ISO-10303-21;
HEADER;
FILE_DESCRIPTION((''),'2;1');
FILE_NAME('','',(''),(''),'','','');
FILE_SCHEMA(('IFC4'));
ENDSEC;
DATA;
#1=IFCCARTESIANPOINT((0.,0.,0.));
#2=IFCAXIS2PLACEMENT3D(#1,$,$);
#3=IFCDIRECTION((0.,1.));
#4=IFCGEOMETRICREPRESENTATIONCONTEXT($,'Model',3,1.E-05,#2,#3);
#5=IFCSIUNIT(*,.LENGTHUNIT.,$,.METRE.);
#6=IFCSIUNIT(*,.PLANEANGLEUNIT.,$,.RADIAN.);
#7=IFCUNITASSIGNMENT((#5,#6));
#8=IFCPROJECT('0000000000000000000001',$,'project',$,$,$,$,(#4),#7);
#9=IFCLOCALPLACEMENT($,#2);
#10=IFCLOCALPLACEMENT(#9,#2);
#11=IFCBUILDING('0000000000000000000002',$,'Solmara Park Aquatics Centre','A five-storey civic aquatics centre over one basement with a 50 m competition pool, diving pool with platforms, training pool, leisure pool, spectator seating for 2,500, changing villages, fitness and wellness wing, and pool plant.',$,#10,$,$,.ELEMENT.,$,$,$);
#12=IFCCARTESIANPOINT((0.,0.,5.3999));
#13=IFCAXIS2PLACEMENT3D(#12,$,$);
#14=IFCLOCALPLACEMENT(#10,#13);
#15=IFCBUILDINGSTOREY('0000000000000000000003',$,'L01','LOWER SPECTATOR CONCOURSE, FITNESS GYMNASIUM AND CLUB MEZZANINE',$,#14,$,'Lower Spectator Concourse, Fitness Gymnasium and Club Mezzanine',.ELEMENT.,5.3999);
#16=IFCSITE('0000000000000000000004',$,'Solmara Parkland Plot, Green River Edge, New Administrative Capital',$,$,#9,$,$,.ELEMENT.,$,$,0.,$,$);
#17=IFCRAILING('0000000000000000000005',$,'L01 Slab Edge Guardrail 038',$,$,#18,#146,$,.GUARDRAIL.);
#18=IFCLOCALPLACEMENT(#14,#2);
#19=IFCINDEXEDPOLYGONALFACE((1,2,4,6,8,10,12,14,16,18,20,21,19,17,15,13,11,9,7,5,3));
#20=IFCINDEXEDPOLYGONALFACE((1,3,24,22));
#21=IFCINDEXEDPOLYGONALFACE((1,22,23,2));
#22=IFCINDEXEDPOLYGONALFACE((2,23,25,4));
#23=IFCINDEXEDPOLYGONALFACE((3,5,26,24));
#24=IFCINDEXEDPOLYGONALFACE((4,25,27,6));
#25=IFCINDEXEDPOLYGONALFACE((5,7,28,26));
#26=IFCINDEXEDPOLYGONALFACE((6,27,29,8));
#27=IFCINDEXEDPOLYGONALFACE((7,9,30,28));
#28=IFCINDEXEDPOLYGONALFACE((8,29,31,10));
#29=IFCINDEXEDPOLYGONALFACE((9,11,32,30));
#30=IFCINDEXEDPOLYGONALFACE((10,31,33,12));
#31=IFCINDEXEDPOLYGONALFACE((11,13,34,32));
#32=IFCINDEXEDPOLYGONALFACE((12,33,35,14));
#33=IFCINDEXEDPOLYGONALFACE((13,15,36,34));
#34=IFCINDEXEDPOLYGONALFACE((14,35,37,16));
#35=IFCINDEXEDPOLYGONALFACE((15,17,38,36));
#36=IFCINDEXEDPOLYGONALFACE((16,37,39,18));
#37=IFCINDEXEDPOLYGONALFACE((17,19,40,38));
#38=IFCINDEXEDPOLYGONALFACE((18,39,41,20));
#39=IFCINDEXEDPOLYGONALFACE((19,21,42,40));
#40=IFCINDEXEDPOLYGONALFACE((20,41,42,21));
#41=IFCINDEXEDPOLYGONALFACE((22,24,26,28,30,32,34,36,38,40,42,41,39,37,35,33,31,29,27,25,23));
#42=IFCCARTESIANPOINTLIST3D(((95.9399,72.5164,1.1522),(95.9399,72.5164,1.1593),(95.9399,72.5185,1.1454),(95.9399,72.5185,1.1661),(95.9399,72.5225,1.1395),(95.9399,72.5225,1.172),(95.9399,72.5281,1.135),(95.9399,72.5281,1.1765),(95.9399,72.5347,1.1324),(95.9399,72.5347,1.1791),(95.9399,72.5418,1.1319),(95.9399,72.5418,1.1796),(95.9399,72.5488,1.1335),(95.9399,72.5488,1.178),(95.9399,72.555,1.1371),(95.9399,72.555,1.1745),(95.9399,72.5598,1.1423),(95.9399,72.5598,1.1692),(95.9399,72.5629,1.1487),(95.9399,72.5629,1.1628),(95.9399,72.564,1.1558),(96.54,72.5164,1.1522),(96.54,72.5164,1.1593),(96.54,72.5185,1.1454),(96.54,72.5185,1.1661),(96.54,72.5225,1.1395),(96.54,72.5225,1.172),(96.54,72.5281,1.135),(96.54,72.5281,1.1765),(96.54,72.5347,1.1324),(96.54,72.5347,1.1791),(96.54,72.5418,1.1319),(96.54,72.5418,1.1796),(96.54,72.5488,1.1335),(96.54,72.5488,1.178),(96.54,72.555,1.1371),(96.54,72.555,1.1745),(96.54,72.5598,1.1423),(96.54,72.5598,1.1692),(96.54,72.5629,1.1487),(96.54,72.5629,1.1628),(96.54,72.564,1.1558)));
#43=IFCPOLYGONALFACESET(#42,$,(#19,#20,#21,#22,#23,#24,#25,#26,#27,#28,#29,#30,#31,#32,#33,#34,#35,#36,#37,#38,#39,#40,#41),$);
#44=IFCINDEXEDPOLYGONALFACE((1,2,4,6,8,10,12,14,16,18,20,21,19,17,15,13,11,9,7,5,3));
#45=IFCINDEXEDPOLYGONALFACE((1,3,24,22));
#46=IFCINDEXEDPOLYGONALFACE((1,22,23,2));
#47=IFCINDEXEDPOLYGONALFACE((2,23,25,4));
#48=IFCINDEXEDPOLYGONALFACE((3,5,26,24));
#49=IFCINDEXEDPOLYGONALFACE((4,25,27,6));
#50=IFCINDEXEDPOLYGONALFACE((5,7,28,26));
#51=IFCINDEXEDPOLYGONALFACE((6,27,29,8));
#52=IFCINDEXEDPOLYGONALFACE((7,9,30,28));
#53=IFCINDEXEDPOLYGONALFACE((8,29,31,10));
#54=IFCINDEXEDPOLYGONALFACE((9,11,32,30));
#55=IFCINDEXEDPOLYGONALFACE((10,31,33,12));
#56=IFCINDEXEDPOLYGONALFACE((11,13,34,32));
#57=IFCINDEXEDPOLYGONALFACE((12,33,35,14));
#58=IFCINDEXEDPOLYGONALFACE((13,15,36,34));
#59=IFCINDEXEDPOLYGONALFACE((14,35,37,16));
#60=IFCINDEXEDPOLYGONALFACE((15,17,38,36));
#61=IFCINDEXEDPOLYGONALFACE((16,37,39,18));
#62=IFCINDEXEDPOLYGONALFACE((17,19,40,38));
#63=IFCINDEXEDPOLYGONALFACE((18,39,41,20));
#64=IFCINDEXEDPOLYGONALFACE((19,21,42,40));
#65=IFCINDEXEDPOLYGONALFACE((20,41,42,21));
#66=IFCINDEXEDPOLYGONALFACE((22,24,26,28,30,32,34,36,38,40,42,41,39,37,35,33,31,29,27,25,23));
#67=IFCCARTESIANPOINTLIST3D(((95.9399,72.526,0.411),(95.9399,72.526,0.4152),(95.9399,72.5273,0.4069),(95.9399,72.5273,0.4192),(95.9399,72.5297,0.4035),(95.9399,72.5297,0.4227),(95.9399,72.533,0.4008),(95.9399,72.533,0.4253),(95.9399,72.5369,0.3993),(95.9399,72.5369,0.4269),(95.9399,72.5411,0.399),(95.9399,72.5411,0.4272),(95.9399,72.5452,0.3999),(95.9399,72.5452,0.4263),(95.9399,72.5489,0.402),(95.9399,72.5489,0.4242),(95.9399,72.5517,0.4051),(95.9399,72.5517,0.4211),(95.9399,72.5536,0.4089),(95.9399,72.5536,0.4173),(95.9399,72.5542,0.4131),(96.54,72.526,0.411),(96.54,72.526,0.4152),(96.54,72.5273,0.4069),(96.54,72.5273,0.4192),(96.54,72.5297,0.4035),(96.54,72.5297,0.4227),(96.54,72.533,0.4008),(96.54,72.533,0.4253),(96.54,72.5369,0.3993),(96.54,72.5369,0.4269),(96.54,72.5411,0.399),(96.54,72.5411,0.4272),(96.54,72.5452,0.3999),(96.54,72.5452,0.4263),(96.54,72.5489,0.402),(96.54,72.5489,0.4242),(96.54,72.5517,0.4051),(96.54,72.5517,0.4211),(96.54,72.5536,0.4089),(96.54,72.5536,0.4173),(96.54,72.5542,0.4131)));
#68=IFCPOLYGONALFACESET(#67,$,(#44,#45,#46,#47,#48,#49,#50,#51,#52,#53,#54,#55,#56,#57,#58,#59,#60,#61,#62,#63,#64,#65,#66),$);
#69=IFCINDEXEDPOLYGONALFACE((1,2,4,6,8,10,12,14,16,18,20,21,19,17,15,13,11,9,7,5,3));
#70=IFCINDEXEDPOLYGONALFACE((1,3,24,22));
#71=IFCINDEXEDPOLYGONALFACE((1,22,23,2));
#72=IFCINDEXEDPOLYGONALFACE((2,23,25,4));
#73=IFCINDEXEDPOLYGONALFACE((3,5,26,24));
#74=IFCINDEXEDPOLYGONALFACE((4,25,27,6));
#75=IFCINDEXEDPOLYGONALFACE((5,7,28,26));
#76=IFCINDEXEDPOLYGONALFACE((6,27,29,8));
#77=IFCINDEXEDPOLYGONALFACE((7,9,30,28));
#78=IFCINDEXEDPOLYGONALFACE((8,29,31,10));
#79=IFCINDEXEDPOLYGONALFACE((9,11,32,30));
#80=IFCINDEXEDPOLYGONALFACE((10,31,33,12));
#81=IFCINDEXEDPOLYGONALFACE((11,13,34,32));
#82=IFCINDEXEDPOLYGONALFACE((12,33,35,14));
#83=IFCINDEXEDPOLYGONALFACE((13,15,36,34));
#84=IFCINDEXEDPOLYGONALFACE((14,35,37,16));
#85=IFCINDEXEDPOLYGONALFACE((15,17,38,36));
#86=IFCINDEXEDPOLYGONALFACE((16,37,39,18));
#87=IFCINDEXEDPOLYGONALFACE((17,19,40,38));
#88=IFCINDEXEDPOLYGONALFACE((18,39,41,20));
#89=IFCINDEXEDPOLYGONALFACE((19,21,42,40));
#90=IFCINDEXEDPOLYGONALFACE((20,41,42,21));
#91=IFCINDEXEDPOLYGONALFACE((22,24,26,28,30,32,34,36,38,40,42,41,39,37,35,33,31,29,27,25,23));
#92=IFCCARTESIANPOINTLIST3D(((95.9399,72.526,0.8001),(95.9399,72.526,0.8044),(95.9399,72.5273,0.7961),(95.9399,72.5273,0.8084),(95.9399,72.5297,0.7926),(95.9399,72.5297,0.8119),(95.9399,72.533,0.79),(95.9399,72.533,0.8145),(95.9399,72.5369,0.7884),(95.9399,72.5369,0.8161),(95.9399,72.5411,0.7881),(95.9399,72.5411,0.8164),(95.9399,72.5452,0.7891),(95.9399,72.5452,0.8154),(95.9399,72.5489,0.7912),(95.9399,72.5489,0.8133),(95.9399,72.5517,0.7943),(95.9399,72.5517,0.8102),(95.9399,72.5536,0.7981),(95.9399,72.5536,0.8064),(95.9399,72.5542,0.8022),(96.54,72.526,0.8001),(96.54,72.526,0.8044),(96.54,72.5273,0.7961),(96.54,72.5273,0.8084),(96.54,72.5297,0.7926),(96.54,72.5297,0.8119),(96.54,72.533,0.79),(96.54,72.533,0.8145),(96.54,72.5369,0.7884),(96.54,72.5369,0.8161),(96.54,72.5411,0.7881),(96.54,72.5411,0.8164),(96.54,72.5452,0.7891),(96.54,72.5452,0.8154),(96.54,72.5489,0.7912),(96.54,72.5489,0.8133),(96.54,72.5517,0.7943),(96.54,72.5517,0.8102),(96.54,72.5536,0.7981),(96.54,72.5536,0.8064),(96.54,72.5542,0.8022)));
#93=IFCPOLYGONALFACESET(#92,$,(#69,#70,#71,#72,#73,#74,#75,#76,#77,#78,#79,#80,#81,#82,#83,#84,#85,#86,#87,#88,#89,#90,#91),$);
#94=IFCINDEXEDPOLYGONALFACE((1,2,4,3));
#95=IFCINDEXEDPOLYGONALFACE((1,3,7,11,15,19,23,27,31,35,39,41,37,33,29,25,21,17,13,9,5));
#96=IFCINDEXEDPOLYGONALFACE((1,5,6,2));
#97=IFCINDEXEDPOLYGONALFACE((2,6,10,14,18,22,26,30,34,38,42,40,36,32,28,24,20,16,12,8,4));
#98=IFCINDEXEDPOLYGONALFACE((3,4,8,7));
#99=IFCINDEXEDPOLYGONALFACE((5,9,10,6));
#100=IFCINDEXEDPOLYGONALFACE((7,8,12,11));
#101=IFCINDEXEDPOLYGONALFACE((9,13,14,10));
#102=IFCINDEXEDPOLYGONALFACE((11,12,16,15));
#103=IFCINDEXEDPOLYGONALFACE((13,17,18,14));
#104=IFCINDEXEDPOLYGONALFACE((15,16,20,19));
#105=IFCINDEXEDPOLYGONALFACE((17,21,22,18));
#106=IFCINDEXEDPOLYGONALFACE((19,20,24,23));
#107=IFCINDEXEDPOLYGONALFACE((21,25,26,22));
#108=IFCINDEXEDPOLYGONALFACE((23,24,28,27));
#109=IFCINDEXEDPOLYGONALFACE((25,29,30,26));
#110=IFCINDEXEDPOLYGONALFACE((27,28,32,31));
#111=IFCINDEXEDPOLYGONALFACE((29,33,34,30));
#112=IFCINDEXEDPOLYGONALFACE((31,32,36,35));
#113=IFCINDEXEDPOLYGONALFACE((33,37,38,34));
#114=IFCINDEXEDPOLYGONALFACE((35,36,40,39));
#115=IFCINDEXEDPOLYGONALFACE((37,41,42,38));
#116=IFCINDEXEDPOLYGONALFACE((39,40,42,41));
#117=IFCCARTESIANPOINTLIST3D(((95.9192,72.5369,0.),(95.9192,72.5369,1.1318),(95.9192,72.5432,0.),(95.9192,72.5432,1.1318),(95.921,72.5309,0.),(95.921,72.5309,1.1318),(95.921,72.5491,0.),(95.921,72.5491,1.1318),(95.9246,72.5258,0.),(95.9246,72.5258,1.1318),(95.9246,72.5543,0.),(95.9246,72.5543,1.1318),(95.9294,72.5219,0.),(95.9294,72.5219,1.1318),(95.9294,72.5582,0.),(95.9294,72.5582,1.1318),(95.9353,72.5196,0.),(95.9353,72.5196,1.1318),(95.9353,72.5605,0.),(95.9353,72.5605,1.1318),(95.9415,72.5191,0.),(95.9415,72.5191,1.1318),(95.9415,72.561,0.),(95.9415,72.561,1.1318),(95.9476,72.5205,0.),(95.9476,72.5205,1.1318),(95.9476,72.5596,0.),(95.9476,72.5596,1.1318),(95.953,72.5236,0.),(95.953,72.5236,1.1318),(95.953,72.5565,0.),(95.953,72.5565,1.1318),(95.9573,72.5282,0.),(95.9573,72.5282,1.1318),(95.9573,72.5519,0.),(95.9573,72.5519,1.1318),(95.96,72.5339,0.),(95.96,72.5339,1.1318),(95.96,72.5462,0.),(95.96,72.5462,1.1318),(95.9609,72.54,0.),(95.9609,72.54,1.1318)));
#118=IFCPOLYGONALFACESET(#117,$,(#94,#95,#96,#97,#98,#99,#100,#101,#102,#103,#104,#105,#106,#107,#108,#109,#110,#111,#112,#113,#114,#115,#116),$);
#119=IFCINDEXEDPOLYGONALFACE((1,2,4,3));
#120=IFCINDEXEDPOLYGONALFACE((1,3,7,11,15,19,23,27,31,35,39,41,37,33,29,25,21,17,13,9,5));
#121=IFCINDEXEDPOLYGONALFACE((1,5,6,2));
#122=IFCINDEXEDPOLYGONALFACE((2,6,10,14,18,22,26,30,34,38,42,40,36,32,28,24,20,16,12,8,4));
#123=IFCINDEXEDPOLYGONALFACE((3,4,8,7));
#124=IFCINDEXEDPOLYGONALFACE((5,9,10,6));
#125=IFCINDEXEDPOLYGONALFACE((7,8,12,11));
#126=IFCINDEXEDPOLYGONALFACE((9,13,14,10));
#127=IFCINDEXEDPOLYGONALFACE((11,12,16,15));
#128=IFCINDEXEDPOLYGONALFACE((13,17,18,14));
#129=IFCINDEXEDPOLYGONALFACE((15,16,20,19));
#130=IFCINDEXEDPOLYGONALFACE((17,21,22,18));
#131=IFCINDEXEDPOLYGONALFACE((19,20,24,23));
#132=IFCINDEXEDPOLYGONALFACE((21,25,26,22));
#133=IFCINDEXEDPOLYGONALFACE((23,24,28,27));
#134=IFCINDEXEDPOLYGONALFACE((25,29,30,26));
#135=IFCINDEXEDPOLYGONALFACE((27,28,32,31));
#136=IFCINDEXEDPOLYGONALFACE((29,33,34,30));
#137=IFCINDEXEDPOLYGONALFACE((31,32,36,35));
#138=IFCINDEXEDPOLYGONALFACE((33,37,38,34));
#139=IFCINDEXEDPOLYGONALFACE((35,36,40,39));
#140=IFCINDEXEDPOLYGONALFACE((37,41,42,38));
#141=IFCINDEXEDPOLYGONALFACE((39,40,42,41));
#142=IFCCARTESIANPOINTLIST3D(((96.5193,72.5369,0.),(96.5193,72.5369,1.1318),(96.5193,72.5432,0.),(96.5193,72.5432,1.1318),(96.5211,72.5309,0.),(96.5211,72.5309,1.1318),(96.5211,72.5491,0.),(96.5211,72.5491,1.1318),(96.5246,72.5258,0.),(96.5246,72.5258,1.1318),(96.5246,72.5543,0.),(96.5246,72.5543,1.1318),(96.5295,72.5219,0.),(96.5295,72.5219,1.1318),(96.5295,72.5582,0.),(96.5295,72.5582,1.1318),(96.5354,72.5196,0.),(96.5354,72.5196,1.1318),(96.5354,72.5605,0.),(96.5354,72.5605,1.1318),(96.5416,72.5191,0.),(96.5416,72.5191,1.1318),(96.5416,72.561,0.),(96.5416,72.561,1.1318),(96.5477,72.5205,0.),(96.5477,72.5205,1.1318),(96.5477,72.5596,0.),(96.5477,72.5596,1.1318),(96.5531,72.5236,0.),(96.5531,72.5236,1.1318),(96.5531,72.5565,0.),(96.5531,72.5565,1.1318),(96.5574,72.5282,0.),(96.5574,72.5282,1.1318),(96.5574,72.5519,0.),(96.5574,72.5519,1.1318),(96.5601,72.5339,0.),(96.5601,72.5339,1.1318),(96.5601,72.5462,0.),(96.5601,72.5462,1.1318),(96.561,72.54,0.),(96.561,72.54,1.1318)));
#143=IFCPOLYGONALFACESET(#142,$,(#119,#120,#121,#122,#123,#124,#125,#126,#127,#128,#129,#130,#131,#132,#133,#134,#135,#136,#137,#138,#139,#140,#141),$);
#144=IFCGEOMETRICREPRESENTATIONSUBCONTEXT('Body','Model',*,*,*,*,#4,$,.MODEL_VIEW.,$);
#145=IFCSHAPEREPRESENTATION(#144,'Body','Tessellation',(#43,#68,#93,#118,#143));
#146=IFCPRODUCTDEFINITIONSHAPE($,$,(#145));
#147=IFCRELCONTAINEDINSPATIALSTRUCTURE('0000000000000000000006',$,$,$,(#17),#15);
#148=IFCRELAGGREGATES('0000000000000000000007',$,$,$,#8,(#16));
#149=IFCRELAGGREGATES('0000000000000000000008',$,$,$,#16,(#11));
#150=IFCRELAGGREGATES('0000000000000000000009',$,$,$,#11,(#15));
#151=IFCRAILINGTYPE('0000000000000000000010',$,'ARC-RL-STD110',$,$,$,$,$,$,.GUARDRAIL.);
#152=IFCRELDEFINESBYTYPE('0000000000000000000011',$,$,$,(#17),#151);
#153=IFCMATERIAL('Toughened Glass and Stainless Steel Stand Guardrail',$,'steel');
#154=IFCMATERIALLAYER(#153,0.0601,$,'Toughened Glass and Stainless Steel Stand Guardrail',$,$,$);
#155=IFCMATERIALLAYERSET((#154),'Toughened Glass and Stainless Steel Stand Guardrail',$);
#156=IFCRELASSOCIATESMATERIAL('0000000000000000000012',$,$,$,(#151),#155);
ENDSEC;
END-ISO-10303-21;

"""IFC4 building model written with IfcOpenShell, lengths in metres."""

from ifc_helpers import new_model, si_unit, direction, frame, origin, origin_2d, place, context, subcontext, project, spatial, circle, extrude, material, layer, layer_set, type_object, element, save


model = new_model("IFC4")

# Units and contexts
model_context = context("Model", 3, precision=1e-05, world=origin(), true_north=direction((0.0, 1.0)))
body_context = subcontext(model_context, "Body", "Model", "MODEL_VIEW")
ifc_project = project(units=[si_unit("LENGTHUNIT", "METRE"), si_unit("PLANEANGLEUNIT", "RADIAN")], contexts=[model_context])

# Site, building, storey
site_placement = place(None, origin())
site = spatial("IfcSite", under=ifc_project, at=site_placement, Name="Solmara Parkland Plot, Green River Edge, New Administrative Capital", CompositionType="ELEMENT", RefElevation=0.0)
building_placement = place(site_placement, origin())
building = spatial("IfcBuilding", under=site, at=building_placement, Name="Solmara Park Aquatics Centre", Description="A five-storey civic aquatics centre over one basement with a 50 m competition pool, diving pool with platforms, training pool, leisure pool, spectator seating for 2,500, changing villages, fitness and wellness wing, and pool plant.", CompositionType="ELEMENT")
storey_placement = place(building_placement, frame((0.0, 0.0, 5.3999)))
storey = spatial("IfcBuildingStorey", under=building, at=storey_placement, Name="L01", Description="LOWER SPECTATOR CONCOURSE, FITNESS GYMNASIUM AND CLUB MEZZANINE", LongName="Lower Spectator Concourse, Fitness Gymnasium and Club Mezzanine", CompositionType="ELEMENT", Elevation=5.3999)

# Railing
ifc_material_1 = material(Name="Toughened Glass and Stainless Steel Stand Guardrail", Category="steel")
ifc_layer_1 = layer(ifc_material_1, 0.0601, Name="Toughened Glass and Stainless Steel Stand Guardrail")
ifc_layer_set_1 = layer_set([ifc_layer_1], Name="Toughened Glass and Stainless Steel Stand Guardrail")
railing_type = type_object("IfcRailingType", Name="ARC-RL-STD110", PredefinedType="GUARDRAIL", material=ifc_layer_set_1)
railing_1_placement = place(storey_placement, frame((95.9399, 72.54, 0.0)))
element("IfcRailing", 1, at=railing_1_placement, inside=storey, type_object=railing_type, Name="L01 Slab Edge Guardrail 038", PredefinedType="GUARDRAIL", context=body_context, shape_type="SweptSolid", body=[
    extrude(circle(Radius=0.0239, at=origin_2d()), frame((0.0, 0.0, 1.1558), z_axis=(1.0, 0.0, 0.0), x_axis=(0.0, 1.0, 0.0)), (0.0, 0.0, 1.0), 0.6001),
    extrude(circle(Radius=0.0142, at=origin_2d()), frame((0.0, 0.0, 0.4131), z_axis=(1.0, 0.0, 0.0), x_axis=(0.0, 1.0, 0.0)), (0.0, 0.0, 1.0), 0.6001),
    extrude(circle(Radius=0.0142, at=origin_2d()), frame((0.0, 0.0, 0.8022), z_axis=(1.0, 0.0, 0.0), x_axis=(0.0, 1.0, 0.0)), (0.0, 0.0, 1.0), 0.6001),
    extrude(circle(Radius=0.021, at=origin_2d()), origin(), (0.0, 0.0, 1.0), 1.1318),
    extrude(circle(Radius=0.021, at=origin_2d()), frame((0.6001, 0.0, 0.0)), (0.0, 0.0, 1.0), 1.1318),
])

save(model, "model.ifc")
